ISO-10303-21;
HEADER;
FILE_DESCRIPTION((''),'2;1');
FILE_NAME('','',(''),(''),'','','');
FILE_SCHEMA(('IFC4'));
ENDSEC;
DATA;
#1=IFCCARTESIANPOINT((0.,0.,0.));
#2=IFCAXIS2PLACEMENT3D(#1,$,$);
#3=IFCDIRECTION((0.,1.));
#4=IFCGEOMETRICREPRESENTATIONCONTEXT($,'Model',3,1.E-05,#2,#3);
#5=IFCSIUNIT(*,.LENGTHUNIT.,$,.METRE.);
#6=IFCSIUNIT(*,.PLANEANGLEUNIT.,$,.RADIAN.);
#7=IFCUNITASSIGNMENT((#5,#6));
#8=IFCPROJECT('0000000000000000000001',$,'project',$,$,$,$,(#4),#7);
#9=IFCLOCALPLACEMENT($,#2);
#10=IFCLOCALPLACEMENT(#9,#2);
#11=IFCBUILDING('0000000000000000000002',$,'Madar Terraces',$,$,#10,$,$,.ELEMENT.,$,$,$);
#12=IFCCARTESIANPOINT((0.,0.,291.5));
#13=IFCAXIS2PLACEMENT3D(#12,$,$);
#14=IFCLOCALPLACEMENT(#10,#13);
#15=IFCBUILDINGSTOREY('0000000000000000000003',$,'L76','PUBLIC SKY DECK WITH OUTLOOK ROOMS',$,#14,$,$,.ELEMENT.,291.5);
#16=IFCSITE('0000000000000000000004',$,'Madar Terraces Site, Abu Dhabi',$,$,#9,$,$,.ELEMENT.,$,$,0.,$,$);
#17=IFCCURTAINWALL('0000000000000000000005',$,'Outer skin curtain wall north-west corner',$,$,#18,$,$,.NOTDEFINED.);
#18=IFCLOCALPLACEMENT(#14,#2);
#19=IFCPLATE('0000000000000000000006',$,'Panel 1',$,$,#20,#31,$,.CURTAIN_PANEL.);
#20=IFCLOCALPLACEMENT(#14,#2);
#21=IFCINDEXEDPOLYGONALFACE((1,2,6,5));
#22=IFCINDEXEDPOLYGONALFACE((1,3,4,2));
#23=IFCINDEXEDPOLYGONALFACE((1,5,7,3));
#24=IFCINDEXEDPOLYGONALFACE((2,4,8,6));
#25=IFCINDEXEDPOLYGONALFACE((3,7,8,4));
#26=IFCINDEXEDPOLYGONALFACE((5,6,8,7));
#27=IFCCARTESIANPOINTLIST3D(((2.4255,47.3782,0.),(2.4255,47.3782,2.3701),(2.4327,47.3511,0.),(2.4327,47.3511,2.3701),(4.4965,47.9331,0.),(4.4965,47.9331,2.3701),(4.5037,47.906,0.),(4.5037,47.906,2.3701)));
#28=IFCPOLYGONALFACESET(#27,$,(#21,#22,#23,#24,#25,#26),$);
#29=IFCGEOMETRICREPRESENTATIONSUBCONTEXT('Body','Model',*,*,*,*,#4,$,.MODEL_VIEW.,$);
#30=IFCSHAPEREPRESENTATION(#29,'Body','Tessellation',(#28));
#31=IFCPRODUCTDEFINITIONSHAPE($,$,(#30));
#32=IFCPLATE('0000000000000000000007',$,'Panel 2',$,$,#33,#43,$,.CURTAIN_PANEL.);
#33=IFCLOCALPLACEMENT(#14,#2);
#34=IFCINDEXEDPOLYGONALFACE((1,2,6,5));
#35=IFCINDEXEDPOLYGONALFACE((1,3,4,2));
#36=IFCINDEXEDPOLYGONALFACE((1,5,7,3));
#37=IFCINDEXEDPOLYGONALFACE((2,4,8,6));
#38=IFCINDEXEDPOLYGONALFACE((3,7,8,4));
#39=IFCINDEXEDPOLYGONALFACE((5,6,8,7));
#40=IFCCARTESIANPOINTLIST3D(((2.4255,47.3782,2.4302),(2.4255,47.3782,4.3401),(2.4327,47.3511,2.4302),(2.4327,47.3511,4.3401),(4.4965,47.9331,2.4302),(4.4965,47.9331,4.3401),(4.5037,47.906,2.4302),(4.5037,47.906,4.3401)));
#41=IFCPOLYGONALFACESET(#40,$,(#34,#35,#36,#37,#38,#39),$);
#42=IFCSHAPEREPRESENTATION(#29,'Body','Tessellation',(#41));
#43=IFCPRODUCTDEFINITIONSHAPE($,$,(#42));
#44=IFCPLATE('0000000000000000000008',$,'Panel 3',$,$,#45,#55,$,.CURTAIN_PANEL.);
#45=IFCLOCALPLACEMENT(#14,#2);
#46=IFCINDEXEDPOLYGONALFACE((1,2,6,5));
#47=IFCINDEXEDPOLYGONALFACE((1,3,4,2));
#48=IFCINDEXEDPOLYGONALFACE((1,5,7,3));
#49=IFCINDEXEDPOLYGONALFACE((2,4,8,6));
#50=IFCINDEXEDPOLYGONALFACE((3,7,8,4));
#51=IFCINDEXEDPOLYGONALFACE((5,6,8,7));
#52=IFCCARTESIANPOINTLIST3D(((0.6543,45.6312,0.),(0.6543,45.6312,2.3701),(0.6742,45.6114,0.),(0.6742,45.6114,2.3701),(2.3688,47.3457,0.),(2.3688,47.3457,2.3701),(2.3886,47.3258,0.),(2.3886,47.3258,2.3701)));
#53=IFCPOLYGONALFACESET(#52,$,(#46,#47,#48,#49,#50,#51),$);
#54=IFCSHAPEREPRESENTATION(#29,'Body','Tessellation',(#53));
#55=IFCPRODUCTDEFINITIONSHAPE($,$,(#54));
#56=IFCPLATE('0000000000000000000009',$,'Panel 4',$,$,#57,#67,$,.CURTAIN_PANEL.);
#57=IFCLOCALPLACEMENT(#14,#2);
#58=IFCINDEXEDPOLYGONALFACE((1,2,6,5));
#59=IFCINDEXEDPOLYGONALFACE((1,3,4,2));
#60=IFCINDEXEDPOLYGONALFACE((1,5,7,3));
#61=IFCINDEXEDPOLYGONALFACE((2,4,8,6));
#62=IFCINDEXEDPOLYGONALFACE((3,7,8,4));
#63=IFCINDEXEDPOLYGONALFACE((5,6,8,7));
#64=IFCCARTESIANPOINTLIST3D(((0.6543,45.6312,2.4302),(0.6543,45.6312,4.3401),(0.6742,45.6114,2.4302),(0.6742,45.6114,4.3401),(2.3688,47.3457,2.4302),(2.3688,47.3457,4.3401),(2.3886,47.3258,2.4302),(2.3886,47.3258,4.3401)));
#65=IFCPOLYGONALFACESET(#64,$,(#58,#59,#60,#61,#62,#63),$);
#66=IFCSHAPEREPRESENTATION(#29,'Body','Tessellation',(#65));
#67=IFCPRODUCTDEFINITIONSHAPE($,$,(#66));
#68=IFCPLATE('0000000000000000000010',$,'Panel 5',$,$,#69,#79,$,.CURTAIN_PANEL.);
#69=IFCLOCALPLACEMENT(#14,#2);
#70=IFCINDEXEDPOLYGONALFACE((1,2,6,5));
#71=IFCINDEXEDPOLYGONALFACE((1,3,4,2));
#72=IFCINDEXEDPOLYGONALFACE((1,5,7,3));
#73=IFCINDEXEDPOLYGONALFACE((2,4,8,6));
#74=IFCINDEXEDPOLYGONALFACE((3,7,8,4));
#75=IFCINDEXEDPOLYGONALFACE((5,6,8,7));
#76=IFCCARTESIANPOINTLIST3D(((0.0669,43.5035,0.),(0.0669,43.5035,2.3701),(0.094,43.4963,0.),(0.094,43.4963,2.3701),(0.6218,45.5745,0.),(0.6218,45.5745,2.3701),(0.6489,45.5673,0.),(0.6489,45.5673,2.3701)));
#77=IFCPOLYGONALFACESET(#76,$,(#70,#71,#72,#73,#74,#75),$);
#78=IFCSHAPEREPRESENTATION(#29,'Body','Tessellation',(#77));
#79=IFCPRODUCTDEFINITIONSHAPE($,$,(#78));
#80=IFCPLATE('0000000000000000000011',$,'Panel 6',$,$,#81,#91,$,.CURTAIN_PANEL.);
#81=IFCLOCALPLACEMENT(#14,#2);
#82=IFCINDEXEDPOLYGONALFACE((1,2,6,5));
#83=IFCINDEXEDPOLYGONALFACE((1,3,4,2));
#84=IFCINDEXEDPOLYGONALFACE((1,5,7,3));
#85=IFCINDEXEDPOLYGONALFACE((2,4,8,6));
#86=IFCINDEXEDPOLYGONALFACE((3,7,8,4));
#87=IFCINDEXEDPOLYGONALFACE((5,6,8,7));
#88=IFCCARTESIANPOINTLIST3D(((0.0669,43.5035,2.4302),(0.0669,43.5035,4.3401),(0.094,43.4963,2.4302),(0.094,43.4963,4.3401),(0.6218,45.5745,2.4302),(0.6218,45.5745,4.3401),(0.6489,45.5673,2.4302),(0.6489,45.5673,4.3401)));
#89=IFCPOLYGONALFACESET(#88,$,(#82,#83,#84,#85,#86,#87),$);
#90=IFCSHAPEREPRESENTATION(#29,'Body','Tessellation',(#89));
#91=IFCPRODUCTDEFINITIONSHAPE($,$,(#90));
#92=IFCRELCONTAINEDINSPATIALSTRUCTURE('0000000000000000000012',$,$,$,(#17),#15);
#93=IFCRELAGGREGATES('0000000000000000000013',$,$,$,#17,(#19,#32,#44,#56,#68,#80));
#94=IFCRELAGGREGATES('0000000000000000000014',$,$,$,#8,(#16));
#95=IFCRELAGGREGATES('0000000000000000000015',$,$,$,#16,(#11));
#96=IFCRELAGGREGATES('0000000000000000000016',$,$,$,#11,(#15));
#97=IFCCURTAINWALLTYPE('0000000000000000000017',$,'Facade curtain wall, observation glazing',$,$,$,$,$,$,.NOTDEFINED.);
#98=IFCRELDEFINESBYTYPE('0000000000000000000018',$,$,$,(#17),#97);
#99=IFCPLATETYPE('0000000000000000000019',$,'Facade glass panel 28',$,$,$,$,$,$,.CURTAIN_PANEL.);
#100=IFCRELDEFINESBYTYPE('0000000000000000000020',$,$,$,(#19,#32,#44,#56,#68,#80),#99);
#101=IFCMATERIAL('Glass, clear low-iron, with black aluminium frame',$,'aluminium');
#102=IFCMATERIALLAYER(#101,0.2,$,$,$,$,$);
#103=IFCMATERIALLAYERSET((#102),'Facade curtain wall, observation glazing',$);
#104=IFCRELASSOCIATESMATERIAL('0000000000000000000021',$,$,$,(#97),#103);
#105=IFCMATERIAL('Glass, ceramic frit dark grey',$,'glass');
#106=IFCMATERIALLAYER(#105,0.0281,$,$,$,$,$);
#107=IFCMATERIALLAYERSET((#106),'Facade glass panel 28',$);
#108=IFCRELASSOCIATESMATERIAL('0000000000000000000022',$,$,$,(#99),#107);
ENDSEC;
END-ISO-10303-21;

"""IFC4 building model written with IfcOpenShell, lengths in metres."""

from ifc_helpers import new_model, si_unit, direction, frame, origin, origin_2d, place, context, subcontext, project, spatial, rectangle, extrude, material, layer, layer_set, type_object, element, aggregate, save


model = new_model("IFC4")

# Units and contexts
model_context = context("Model", 3, precision=1e-05, world=origin(), true_north=direction((0.0, 1.0)))
body_context = subcontext(model_context, "Body", "Model", "MODEL_VIEW")
ifc_project = project(units=[si_unit("LENGTHUNIT", "METRE"), si_unit("PLANEANGLEUNIT", "RADIAN")], contexts=[model_context])

# Site, building, storey
site_placement = place(None, origin())
site = spatial("IfcSite", under=ifc_project, at=site_placement, Name="Madar Terraces Site, Abu Dhabi", CompositionType="ELEMENT", RefElevation=0.0)
building_placement = place(site_placement, origin())
building = spatial("IfcBuilding", under=site, at=building_placement, Name="Madar Terraces", CompositionType="ELEMENT")
storey_placement = place(building_placement, frame((0.0, 0.0, 291.5)))
storey = spatial("IfcBuildingStorey", under=building, at=storey_placement, Name="L76", Description="PUBLIC SKY DECK WITH OUTLOOK ROOMS", CompositionType="ELEMENT", Elevation=291.5)

# Curtain wall
ifc_material_1 = material(Name="Glass, clear low-iron, with black aluminium frame", Category="aluminium")
ifc_layer_1 = layer(ifc_material_1, 0.2)
ifc_layer_set_1 = layer_set([ifc_layer_1], Name="Facade curtain wall, observation glazing")
curtain_wall_type = type_object("IfcCurtainWallType", Name="Facade curtain wall, observation glazing", PredefinedType="NOTDEFINED", material=ifc_layer_set_1)
curtain_wall_1_placement = place(storey_placement, origin())
curtain_wall_1 = element("IfcCurtainWall", 1, at=curtain_wall_1_placement, inside=storey, type_object=curtain_wall_type, Name="Outer skin curtain wall north-west corner", PredefinedType="NOTDEFINED")

# Plates
ifc_material_2 = material(Name="Glass, ceramic frit dark grey", Category="glass")
ifc_layer_2 = layer(ifc_material_2, 0.0281)
ifc_layer_set_2 = layer_set([ifc_layer_2], Name="Facade glass panel 28")
plate_type = type_object("IfcPlateType", Name="Facade glass panel 28", PredefinedType="CURTAIN_PANEL", material=ifc_layer_set_2)
plate_1_placement = place(storey_placement, frame((3.4646, 47.6421, 0.0), z_axis=(0.0, 0.0, 1.0), x_axis=(-0.965926, -0.258819, 0.0)))
plate_1 = element("IfcPlate", 2, at=plate_1_placement, type_object=plate_type, Name="Panel 1", PredefinedType="CURTAIN_PANEL", context=body_context, shape_type="SweptSolid", body=[
    extrude(rectangle(XDim=2.144, YDim=0.0281, at=origin_2d()), origin(), (0.0, 0.0, 1.0), 2.3701),
])
plate_2_placement = place(storey_placement, frame((3.4646, 47.6421, 2.4302), z_axis=(0.0, 0.0, 1.0), x_axis=(-0.965926, -0.258819, 0.0)))
plate_2 = element("IfcPlate", 3, at=plate_2_placement, type_object=plate_type, Name="Panel 2", PredefinedType="CURTAIN_PANEL", context=body_context, shape_type="SweptSolid", body=[
    extrude(rectangle(XDim=2.144, YDim=0.0281, at=origin_2d()), origin(), (0.0, 0.0, 1.0), 1.9099),
])
plate_3_placement = place(storey_placement, frame((1.5215, 46.4785, 0.0), z_axis=(0.0, 0.0, 1.0), x_axis=(-0.707107, -0.707107, 0.0)))
plate_3 = element("IfcPlate", 4, at=plate_3_placement, type_object=plate_type, Name="Panel 3", PredefinedType="CURTAIN_PANEL", context=body_context, shape_type="SweptSolid", body=[
    extrude(rectangle(XDim=2.4246, YDim=0.0281, at=origin_2d()), origin(), (0.0, 0.0, 1.0), 2.3701),
])
plate_4_placement = place(storey_placement, frame((1.5215, 46.4785, 2.4302), z_axis=(0.0, 0.0, 1.0), x_axis=(-0.707107, -0.707107, 0.0)))
plate_4 = element("IfcPlate", 5, at=plate_4_placement, type_object=plate_type, Name="Panel 4", PredefinedType="CURTAIN_PANEL", context=body_context, shape_type="SweptSolid", body=[
    extrude(rectangle(XDim=2.4246, YDim=0.0281, at=origin_2d()), origin(), (0.0, 0.0, 1.0), 1.9099),
])
plate_5_placement = place(storey_placement, frame((0.3579, 44.5354, 0.0), z_axis=(0.0, 0.0, 1.0), x_axis=(-0.258819, -0.965926, 0.0)))
plate_5 = element("IfcPlate", 6, at=plate_5_placement, type_object=plate_type, Name="Panel 5", PredefinedType="CURTAIN_PANEL", context=body_context, shape_type="SweptSolid", body=[
    extrude(rectangle(XDim=2.144, YDim=0.0281, at=origin_2d()), origin(), (0.0, 0.0, 1.0), 2.3701),
])
plate_6_placement = place(storey_placement, frame((0.3579, 44.5354, 2.4302), z_axis=(0.0, 0.0, 1.0), x_axis=(-0.258819, -0.965926, 0.0)))
plate_6 = element("IfcPlate", 7, at=plate_6_placement, type_object=plate_type, Name="Panel 6", PredefinedType="CURTAIN_PANEL", context=body_context, shape_type="SweptSolid", body=[
    extrude(rectangle(XDim=2.144, YDim=0.0281, at=origin_2d()), origin(), (0.0, 0.0, 1.0), 1.9099),
])
aggregate(curtain_wall_1, [plate_1, plate_2, plate_3, plate_4, plate_5, plate_6])

save(model, "model.ifc")
